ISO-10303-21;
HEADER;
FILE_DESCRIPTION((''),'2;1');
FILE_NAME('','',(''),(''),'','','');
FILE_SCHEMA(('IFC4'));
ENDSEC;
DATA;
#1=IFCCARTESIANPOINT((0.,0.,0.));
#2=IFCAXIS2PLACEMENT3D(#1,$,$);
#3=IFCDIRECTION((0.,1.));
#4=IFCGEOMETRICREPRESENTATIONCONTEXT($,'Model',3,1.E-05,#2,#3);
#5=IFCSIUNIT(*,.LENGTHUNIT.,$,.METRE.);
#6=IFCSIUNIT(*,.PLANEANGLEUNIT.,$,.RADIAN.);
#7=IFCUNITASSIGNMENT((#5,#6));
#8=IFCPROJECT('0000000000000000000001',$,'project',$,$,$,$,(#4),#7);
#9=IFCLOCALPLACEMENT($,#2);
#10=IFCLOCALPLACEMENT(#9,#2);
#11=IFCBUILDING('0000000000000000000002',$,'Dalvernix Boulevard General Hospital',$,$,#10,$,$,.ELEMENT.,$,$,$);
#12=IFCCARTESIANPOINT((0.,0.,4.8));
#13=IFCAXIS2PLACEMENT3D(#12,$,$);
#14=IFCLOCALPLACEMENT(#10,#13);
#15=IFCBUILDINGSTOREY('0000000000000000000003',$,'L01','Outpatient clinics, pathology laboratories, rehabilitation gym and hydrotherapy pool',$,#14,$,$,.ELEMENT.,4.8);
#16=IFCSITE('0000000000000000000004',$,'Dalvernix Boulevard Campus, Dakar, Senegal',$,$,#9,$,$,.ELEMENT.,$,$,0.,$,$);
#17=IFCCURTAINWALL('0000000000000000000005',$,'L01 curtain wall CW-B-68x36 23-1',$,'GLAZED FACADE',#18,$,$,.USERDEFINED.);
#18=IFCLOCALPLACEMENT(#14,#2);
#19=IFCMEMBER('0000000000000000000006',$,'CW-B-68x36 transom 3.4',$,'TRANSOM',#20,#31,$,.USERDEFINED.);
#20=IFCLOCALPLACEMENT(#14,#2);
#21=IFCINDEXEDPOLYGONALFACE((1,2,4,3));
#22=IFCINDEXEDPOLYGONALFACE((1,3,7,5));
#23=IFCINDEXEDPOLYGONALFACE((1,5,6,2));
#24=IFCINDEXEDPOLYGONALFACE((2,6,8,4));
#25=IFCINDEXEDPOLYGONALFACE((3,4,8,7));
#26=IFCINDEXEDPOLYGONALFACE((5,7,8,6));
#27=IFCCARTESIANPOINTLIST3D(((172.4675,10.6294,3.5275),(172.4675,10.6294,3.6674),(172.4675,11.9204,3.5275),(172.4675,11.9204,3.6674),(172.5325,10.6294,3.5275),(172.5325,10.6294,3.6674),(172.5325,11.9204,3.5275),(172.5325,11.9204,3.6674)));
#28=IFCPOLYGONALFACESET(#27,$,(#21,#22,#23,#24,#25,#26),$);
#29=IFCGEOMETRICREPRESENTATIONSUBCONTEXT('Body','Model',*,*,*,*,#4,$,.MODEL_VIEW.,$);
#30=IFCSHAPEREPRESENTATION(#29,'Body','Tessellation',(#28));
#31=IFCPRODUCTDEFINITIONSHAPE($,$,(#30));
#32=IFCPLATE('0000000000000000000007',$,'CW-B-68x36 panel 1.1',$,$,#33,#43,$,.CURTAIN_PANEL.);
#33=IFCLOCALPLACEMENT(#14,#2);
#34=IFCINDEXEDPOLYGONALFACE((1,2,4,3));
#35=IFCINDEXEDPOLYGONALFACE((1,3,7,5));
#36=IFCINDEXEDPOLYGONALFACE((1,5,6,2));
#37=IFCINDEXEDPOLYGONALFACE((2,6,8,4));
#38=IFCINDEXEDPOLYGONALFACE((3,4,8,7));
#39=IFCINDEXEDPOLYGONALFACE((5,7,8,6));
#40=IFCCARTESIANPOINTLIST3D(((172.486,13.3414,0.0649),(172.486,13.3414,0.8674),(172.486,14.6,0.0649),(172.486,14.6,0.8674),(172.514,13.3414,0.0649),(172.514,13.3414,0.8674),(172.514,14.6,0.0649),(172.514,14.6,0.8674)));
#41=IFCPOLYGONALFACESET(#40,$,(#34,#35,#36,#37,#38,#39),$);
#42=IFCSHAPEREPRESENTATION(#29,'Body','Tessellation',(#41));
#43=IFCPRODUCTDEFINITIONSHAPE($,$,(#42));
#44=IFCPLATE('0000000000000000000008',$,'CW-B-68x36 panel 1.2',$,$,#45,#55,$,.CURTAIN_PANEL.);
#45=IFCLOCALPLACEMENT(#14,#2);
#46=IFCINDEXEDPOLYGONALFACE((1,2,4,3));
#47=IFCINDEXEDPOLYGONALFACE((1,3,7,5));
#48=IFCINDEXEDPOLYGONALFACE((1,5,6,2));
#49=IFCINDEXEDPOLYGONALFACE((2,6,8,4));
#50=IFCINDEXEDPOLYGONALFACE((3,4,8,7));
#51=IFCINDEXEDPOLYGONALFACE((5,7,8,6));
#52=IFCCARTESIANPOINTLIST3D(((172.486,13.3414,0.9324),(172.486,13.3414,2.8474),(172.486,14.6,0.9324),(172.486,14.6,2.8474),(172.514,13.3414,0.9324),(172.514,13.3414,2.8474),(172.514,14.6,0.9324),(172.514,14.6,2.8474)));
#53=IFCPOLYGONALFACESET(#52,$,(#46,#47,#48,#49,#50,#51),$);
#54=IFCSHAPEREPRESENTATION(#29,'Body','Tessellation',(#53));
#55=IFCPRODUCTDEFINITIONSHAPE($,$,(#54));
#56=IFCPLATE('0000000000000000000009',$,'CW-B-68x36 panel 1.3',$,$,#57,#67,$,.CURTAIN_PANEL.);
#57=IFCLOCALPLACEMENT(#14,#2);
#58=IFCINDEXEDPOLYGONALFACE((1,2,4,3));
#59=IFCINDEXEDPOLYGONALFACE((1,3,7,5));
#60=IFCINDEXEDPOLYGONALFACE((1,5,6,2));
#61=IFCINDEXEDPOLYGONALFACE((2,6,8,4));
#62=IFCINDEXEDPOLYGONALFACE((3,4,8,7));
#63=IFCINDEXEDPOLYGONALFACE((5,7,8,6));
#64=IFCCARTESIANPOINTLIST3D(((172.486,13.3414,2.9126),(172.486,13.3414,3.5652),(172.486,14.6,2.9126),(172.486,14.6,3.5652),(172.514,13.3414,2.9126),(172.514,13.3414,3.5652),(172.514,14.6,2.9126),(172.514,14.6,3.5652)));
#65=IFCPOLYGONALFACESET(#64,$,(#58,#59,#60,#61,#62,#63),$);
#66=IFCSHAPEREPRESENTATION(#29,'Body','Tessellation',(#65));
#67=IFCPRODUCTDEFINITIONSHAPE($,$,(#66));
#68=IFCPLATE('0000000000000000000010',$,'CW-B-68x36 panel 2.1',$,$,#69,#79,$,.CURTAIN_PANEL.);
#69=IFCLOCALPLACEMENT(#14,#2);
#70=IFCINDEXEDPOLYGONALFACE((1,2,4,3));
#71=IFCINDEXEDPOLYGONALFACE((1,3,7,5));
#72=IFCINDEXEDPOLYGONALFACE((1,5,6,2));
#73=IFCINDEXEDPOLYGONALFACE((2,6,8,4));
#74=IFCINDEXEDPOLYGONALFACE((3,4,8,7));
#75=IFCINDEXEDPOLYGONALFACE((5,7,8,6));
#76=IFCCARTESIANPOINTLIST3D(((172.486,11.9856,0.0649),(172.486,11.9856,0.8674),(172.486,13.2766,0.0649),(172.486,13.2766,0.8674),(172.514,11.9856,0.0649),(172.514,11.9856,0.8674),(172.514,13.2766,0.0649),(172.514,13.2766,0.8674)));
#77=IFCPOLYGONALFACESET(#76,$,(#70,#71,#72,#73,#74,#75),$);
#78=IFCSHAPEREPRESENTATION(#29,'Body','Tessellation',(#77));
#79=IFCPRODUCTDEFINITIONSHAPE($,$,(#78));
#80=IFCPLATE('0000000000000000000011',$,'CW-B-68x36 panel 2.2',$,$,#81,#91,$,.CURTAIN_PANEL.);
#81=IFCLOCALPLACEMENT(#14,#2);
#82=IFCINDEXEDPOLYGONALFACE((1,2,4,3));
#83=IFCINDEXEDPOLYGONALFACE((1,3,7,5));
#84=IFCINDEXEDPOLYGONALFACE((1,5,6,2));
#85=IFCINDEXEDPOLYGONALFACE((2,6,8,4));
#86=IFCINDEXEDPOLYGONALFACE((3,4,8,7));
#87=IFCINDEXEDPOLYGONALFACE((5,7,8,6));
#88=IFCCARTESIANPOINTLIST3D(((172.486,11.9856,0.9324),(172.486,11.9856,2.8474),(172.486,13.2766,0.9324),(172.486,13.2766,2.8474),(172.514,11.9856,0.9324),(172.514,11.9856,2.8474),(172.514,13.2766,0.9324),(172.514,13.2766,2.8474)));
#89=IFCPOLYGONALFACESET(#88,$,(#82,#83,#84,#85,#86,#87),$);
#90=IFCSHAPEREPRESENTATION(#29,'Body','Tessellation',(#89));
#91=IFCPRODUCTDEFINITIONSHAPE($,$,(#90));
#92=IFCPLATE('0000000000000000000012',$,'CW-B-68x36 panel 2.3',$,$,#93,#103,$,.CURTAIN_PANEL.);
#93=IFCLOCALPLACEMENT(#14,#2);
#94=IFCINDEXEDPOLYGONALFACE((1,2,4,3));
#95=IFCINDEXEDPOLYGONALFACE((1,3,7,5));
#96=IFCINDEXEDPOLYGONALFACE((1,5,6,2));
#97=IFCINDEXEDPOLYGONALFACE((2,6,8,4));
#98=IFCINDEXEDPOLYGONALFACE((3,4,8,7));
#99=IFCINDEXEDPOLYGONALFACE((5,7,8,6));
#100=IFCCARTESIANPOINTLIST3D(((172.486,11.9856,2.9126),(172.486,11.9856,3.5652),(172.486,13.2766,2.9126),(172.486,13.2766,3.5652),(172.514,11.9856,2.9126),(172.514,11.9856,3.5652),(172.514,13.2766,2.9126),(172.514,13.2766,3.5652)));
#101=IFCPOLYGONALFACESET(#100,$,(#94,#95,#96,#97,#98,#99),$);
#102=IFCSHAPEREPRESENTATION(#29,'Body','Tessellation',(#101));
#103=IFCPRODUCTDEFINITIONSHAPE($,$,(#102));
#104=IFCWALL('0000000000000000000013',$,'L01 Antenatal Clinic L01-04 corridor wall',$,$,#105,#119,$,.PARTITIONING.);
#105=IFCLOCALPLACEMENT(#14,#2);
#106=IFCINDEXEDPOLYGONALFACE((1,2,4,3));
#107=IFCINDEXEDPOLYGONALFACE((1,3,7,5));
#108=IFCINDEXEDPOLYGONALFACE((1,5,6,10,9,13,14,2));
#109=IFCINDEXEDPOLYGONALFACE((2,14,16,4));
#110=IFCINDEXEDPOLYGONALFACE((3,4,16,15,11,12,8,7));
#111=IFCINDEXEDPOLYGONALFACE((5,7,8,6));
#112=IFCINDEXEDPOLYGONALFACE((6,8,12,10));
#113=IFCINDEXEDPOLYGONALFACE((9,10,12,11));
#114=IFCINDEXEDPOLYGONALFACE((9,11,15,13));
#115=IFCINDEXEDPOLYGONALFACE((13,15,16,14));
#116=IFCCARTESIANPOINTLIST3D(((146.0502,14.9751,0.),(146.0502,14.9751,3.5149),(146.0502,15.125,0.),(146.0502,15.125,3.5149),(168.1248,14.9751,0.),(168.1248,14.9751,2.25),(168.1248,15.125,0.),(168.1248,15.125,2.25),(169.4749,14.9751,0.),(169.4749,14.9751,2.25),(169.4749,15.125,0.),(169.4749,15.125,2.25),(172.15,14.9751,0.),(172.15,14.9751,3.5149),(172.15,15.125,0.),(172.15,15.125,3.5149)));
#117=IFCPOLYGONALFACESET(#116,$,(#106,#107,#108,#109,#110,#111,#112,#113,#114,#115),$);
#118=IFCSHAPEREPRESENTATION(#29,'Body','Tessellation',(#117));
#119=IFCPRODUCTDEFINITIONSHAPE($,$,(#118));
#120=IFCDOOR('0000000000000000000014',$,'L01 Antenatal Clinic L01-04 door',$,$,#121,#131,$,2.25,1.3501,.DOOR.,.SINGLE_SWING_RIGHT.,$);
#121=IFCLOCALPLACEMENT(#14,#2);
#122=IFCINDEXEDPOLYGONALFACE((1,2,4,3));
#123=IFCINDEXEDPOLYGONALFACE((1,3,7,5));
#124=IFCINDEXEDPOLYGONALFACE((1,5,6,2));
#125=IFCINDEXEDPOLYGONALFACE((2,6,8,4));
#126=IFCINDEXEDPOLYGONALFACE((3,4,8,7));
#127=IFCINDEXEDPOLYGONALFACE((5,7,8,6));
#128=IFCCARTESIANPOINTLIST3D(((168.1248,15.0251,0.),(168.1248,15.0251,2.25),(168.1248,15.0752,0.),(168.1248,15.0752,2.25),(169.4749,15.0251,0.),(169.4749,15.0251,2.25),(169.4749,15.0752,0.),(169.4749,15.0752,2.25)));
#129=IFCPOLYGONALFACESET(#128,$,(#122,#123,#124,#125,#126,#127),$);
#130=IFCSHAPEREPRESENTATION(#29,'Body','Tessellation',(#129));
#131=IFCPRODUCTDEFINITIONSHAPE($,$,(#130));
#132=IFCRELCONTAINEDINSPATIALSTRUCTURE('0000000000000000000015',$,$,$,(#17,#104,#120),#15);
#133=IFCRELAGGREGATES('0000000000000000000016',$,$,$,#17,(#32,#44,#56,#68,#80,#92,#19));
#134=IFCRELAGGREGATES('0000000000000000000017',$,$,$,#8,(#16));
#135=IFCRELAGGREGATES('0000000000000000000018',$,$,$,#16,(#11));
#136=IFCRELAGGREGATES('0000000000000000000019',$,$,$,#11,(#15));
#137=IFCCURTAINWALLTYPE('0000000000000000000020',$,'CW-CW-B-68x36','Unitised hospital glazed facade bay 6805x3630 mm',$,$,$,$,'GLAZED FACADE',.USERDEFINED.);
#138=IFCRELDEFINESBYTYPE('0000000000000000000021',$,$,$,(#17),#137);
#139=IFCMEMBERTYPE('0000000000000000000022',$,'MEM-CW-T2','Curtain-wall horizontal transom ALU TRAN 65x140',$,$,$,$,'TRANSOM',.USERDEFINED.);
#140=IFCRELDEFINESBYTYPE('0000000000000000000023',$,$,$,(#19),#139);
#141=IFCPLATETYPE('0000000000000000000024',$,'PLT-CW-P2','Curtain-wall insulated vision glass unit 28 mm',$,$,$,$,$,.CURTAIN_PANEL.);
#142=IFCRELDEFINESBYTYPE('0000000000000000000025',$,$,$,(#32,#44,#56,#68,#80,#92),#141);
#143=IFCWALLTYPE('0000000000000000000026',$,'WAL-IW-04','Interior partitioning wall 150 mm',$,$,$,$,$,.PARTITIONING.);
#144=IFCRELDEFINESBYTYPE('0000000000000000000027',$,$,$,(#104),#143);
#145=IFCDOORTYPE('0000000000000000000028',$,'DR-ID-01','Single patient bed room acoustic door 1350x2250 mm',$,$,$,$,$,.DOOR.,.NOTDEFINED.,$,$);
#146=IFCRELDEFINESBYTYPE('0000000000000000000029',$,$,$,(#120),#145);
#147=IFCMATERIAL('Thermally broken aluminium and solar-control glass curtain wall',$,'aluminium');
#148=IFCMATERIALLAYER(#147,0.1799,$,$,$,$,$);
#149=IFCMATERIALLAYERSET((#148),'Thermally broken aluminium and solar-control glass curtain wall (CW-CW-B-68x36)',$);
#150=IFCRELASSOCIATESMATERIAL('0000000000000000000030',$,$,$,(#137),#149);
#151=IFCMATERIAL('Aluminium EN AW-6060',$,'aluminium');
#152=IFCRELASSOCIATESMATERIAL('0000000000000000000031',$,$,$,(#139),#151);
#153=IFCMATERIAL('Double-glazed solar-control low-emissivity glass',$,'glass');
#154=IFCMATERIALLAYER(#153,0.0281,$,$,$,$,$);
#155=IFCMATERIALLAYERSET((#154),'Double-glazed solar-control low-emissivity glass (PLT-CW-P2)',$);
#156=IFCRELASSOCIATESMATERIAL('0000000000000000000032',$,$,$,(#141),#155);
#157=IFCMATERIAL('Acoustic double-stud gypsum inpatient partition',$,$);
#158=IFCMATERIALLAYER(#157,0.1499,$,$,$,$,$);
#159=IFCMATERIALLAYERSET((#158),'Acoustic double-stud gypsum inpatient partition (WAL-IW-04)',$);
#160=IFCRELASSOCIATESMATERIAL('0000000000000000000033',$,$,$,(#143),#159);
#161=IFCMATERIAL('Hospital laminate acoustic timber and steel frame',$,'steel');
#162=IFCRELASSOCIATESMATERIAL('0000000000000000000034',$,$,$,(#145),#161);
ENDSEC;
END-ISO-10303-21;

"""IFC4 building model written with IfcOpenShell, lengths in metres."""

from ifc_helpers import new_model, si_unit, direction, frame, frame_2d, origin, origin_2d, place, context, subcontext, project, spatial, rectangle, extrude, material, layer, layer_set, material_profile, profile_set, type_object, element, fill, aggregate, save


model = new_model("IFC4")

# Units and contexts
model_context = context("Model", 3, precision=1e-05, world=origin(), true_north=direction((0.0, 1.0)))
body_context = subcontext(model_context, "Body", "Model", "MODEL_VIEW")
ifc_project = project(units=[si_unit("LENGTHUNIT", "METRE"), si_unit("PLANEANGLEUNIT", "RADIAN")], contexts=[model_context])

# Site, building, storey
site_placement = place(None, origin())
site = spatial("IfcSite", under=ifc_project, at=site_placement, Name="Dalvernix Boulevard Campus, Dakar, Senegal", CompositionType="ELEMENT", RefElevation=0.0)
building_placement = place(site_placement, origin())
building = spatial("IfcBuilding", under=site, at=building_placement, Name="Dalvernix Boulevard General Hospital", CompositionType="ELEMENT")
storey_placement = place(building_placement, frame((0.0, 0.0, 4.8)))
storey = spatial("IfcBuildingStorey", under=building, at=storey_placement, Name="L01", Description="Outpatient clinics, pathology laboratories, rehabilitation gym and hydrotherapy pool", CompositionType="ELEMENT", Elevation=4.8)

# Curtain wall, member, plates
ifc_material_1 = material(Name="Thermally broken aluminium and solar-control glass curtain wall", Category="aluminium")
ifc_layer_1 = layer(ifc_material_1, 0.1799)
ifc_layer_set_1 = layer_set([ifc_layer_1], Name="Thermally broken aluminium and solar-control glass curtain wall (CW-CW-B-68x36)")
curtain_wall_type = type_object("IfcCurtainWallType", Name="CW-CW-B-68x36", Description="Unitised hospital glazed facade bay 6805x3630 mm", ElementType="GLAZED FACADE", PredefinedType="USERDEFINED", material=ifc_layer_set_1)
curtain_wall_placement = place(storey_placement, origin())
curtain_wall = element("IfcCurtainWall", 1, at=curtain_wall_placement, inside=storey, type_object=curtain_wall_type, Name="L01 curtain wall CW-B-68x36 23-1", ObjectType="GLAZED FACADE", PredefinedType="USERDEFINED")
ifc_material_2 = material(Name="Aluminium EN AW-6060", Category="aluminium")
ifc_material_profile_1 = material_profile(ifc_material_2, rectangle(XDim=0.0649, YDim=0.1399, at=origin_2d()), Name="ALU TRAN 65x140")
ifc_profile_set_1 = profile_set([ifc_material_profile_1], Name="Aluminium EN AW-6060")
member_type_1 = type_object("IfcMemberType", Name="MEM-CW-T2", Description="Curtain-wall horizontal transom ALU TRAN 65x140", ElementType="TRANSOM", PredefinedType="USERDEFINED", material=ifc_profile_set_1)
member_1_placement = place(storey_placement, frame((172.5, 11.9204, 3.5974), z_axis=(0.0, -1.0, 0.0), x_axis=(1.0, 0.0, 0.0)))
member_1 = element("IfcMember", 2, at=member_1_placement, type_object=member_type_1, Name="CW-B-68x36 transom 3.4", ObjectType="TRANSOM", PredefinedType="USERDEFINED", context=body_context, shape_type="SweptSolid", body=[
    extrude(rectangle(XDim=0.0649, YDim=0.1399, at=origin_2d()), origin(), (0.0, 0.0, 1.0), 1.291),
])
ifc_material_3 = material(Name="Double-glazed solar-control low-emissivity glass", Category="glass")
ifc_layer_2 = layer(ifc_material_3, 0.0281)
ifc_layer_set_2 = layer_set([ifc_layer_2], Name="Double-glazed solar-control low-emissivity glass (PLT-CW-P2)")
plate_type = type_object("IfcPlateType", Name="PLT-CW-P2", Description="Curtain-wall insulated vision glass unit 28 mm", PredefinedType="CURTAIN_PANEL", material=ifc_layer_set_2)
plate_1_placement = place(storey_placement, frame((172.5, 13.9707, 0.0649), z_axis=(0.0, 0.0, 1.0), x_axis=(0.0, -1.0, 0.0)))
plate_1 = element("IfcPlate", 3, at=plate_1_placement, type_object=plate_type, Name="CW-B-68x36 panel 1.1", PredefinedType="CURTAIN_PANEL", context=body_context, shape_type="SweptSolid", body=[
    extrude(rectangle(XDim=1.2585, YDim=0.0281, at=origin_2d()), origin(), (0.0, 0.0, 1.0), 0.8025),
])
plate_2_placement = place(storey_placement, frame((172.5, 13.9707, 0.9324), z_axis=(0.0, 0.0, 1.0), x_axis=(0.0, -1.0, 0.0)))
plate_2 = element("IfcPlate", 4, at=plate_2_placement, type_object=plate_type, Name="CW-B-68x36 panel 1.2", PredefinedType="CURTAIN_PANEL", context=body_context, shape_type="SweptSolid", body=[
    extrude(rectangle(XDim=1.2585, YDim=0.0281, at=origin_2d()), origin(), (0.0, 0.0, 1.0), 1.915),
])
plate_3_placement = place(storey_placement, frame((172.5, 13.9707, 2.9126), z_axis=(0.0, 0.0, 1.0), x_axis=(0.0, -1.0, 0.0)))
plate_3 = element("IfcPlate", 5, at=plate_3_placement, type_object=plate_type, Name="CW-B-68x36 panel 1.3", PredefinedType="CURTAIN_PANEL", context=body_context, shape_type="SweptSolid", body=[
    extrude(rectangle(XDim=1.2585, YDim=0.0281, at=origin_2d()), origin(), (0.0, 0.0, 1.0), 0.6526),
])
plate_4_placement = place(storey_placement, frame((172.5, 12.6311, 0.0649), z_axis=(0.0, 0.0, 1.0), x_axis=(0.0, -1.0, 0.0)))
plate_4 = element("IfcPlate", 6, at=plate_4_placement, type_object=plate_type, Name="CW-B-68x36 panel 2.1", PredefinedType="CURTAIN_PANEL", context=body_context, shape_type="SweptSolid", body=[
    extrude(rectangle(XDim=1.291, YDim=0.0281, at=origin_2d()), origin(), (0.0, 0.0, 1.0), 0.8025),
])
plate_5_placement = place(storey_placement, frame((172.5, 12.6311, 0.9324), z_axis=(0.0, 0.0, 1.0), x_axis=(0.0, -1.0, 0.0)))
plate_5 = element("IfcPlate", 7, at=plate_5_placement, type_object=plate_type, Name="CW-B-68x36 panel 2.2", PredefinedType="CURTAIN_PANEL", context=body_context, shape_type="SweptSolid", body=[
    extrude(rectangle(XDim=1.291, YDim=0.0281, at=origin_2d()), origin(), (0.0, 0.0, 1.0), 1.915),
])
plate_6_placement = place(storey_placement, frame((172.5, 12.6311, 2.9126), z_axis=(0.0, 0.0, 1.0), x_axis=(0.0, -1.0, 0.0)))
plate_6 = element("IfcPlate", 8, at=plate_6_placement, type_object=plate_type, Name="CW-B-68x36 panel 2.3", PredefinedType="CURTAIN_PANEL", context=body_context, shape_type="SweptSolid", body=[
    extrude(rectangle(XDim=1.291, YDim=0.0281, at=origin_2d()), origin(), (0.0, 0.0, 1.0), 0.6526),
])
aggregate(curtain_wall, [plate_1, plate_2, plate_3, plate_4, plate_5, plate_6, member_1])

# Wall, opening, door
ifc_material_4 = material(Name="Acoustic double-stud gypsum inpatient partition")
ifc_layer_3 = layer(ifc_material_4, 0.1499)
ifc_layer_set_3 = layer_set([ifc_layer_3], Name="Acoustic double-stud gypsum inpatient partition (WAL-IW-04)")
wall_type = type_object("IfcWallType", Name="WAL-IW-04", Description="Interior partitioning wall 150 mm", PredefinedType="PARTITIONING", material=ifc_layer_set_3)
wall_placement = place(storey_placement, frame((172.1499, 15.05, 0.0), z_axis=(0.0, 0.0, 1.0), x_axis=(-1.0, 0.0, 0.0)))
wall = element("IfcWall", 9, at=wall_placement, inside=storey, type_object=wall_type, Name="L01 Antenatal Clinic L01-04 corridor wall", PredefinedType="PARTITIONING", context=body_context, shape_type="SweptSolid", body=[
    extrude(rectangle(XDim=26.0999, YDim=0.1499, at=frame_2d((13.0498, 0.0))), origin(), (0.0, 0.0, 1.0), 3.5149),
])
opening_placement = place(wall_placement, frame((2.675, 0.0, 0.0)))
opening = element("IfcOpeningElement", 10, at=opening_placement, cuts=wall, PredefinedType="OPENING", context=body_context, shape_type="SweptSolid", body=[
    extrude(rectangle(XDim=1.3501, YDim=2.25, at=frame_2d((0.675, 1.125))), frame((0.0, 0.085, 0.0), z_axis=(0.0, -1.0, 0.0), x_axis=(1.0, 0.0, 0.0)), (0.0, 0.0, 1.0), 0.1699),
])
ifc_material_5 = material(Name="Hospital laminate acoustic timber and steel frame", Category="steel")
door_type = type_object("IfcDoorType", Name="DR-ID-01", Description="Single patient bed room acoustic door 1350x2250 mm", OperationType="NOTDEFINED", PredefinedType="DOOR", material=ifc_material_5)
door_placement = place(opening_placement, origin())
door = element("IfcDoor", 11, at=door_placement, inside=storey, type_object=door_type, Name="L01 Antenatal Clinic L01-04 door", OperationType="SINGLE_SWING_RIGHT", OverallHeight=2.25, OverallWidth=1.3501, PredefinedType="DOOR", context=body_context, shape_type="SweptSolid", body=[
    extrude(rectangle(XDim=1.3501, YDim=2.25, at=frame_2d((0.675, 1.125))), frame((0.0, 0.0249, 0.0), z_axis=(0.0, -1.0, 0.0), x_axis=(1.0, 0.0, 0.0)), (0.0, 0.0, 1.0), 0.05),
])
fill(opening, door)

save(model, "model.ifc")
